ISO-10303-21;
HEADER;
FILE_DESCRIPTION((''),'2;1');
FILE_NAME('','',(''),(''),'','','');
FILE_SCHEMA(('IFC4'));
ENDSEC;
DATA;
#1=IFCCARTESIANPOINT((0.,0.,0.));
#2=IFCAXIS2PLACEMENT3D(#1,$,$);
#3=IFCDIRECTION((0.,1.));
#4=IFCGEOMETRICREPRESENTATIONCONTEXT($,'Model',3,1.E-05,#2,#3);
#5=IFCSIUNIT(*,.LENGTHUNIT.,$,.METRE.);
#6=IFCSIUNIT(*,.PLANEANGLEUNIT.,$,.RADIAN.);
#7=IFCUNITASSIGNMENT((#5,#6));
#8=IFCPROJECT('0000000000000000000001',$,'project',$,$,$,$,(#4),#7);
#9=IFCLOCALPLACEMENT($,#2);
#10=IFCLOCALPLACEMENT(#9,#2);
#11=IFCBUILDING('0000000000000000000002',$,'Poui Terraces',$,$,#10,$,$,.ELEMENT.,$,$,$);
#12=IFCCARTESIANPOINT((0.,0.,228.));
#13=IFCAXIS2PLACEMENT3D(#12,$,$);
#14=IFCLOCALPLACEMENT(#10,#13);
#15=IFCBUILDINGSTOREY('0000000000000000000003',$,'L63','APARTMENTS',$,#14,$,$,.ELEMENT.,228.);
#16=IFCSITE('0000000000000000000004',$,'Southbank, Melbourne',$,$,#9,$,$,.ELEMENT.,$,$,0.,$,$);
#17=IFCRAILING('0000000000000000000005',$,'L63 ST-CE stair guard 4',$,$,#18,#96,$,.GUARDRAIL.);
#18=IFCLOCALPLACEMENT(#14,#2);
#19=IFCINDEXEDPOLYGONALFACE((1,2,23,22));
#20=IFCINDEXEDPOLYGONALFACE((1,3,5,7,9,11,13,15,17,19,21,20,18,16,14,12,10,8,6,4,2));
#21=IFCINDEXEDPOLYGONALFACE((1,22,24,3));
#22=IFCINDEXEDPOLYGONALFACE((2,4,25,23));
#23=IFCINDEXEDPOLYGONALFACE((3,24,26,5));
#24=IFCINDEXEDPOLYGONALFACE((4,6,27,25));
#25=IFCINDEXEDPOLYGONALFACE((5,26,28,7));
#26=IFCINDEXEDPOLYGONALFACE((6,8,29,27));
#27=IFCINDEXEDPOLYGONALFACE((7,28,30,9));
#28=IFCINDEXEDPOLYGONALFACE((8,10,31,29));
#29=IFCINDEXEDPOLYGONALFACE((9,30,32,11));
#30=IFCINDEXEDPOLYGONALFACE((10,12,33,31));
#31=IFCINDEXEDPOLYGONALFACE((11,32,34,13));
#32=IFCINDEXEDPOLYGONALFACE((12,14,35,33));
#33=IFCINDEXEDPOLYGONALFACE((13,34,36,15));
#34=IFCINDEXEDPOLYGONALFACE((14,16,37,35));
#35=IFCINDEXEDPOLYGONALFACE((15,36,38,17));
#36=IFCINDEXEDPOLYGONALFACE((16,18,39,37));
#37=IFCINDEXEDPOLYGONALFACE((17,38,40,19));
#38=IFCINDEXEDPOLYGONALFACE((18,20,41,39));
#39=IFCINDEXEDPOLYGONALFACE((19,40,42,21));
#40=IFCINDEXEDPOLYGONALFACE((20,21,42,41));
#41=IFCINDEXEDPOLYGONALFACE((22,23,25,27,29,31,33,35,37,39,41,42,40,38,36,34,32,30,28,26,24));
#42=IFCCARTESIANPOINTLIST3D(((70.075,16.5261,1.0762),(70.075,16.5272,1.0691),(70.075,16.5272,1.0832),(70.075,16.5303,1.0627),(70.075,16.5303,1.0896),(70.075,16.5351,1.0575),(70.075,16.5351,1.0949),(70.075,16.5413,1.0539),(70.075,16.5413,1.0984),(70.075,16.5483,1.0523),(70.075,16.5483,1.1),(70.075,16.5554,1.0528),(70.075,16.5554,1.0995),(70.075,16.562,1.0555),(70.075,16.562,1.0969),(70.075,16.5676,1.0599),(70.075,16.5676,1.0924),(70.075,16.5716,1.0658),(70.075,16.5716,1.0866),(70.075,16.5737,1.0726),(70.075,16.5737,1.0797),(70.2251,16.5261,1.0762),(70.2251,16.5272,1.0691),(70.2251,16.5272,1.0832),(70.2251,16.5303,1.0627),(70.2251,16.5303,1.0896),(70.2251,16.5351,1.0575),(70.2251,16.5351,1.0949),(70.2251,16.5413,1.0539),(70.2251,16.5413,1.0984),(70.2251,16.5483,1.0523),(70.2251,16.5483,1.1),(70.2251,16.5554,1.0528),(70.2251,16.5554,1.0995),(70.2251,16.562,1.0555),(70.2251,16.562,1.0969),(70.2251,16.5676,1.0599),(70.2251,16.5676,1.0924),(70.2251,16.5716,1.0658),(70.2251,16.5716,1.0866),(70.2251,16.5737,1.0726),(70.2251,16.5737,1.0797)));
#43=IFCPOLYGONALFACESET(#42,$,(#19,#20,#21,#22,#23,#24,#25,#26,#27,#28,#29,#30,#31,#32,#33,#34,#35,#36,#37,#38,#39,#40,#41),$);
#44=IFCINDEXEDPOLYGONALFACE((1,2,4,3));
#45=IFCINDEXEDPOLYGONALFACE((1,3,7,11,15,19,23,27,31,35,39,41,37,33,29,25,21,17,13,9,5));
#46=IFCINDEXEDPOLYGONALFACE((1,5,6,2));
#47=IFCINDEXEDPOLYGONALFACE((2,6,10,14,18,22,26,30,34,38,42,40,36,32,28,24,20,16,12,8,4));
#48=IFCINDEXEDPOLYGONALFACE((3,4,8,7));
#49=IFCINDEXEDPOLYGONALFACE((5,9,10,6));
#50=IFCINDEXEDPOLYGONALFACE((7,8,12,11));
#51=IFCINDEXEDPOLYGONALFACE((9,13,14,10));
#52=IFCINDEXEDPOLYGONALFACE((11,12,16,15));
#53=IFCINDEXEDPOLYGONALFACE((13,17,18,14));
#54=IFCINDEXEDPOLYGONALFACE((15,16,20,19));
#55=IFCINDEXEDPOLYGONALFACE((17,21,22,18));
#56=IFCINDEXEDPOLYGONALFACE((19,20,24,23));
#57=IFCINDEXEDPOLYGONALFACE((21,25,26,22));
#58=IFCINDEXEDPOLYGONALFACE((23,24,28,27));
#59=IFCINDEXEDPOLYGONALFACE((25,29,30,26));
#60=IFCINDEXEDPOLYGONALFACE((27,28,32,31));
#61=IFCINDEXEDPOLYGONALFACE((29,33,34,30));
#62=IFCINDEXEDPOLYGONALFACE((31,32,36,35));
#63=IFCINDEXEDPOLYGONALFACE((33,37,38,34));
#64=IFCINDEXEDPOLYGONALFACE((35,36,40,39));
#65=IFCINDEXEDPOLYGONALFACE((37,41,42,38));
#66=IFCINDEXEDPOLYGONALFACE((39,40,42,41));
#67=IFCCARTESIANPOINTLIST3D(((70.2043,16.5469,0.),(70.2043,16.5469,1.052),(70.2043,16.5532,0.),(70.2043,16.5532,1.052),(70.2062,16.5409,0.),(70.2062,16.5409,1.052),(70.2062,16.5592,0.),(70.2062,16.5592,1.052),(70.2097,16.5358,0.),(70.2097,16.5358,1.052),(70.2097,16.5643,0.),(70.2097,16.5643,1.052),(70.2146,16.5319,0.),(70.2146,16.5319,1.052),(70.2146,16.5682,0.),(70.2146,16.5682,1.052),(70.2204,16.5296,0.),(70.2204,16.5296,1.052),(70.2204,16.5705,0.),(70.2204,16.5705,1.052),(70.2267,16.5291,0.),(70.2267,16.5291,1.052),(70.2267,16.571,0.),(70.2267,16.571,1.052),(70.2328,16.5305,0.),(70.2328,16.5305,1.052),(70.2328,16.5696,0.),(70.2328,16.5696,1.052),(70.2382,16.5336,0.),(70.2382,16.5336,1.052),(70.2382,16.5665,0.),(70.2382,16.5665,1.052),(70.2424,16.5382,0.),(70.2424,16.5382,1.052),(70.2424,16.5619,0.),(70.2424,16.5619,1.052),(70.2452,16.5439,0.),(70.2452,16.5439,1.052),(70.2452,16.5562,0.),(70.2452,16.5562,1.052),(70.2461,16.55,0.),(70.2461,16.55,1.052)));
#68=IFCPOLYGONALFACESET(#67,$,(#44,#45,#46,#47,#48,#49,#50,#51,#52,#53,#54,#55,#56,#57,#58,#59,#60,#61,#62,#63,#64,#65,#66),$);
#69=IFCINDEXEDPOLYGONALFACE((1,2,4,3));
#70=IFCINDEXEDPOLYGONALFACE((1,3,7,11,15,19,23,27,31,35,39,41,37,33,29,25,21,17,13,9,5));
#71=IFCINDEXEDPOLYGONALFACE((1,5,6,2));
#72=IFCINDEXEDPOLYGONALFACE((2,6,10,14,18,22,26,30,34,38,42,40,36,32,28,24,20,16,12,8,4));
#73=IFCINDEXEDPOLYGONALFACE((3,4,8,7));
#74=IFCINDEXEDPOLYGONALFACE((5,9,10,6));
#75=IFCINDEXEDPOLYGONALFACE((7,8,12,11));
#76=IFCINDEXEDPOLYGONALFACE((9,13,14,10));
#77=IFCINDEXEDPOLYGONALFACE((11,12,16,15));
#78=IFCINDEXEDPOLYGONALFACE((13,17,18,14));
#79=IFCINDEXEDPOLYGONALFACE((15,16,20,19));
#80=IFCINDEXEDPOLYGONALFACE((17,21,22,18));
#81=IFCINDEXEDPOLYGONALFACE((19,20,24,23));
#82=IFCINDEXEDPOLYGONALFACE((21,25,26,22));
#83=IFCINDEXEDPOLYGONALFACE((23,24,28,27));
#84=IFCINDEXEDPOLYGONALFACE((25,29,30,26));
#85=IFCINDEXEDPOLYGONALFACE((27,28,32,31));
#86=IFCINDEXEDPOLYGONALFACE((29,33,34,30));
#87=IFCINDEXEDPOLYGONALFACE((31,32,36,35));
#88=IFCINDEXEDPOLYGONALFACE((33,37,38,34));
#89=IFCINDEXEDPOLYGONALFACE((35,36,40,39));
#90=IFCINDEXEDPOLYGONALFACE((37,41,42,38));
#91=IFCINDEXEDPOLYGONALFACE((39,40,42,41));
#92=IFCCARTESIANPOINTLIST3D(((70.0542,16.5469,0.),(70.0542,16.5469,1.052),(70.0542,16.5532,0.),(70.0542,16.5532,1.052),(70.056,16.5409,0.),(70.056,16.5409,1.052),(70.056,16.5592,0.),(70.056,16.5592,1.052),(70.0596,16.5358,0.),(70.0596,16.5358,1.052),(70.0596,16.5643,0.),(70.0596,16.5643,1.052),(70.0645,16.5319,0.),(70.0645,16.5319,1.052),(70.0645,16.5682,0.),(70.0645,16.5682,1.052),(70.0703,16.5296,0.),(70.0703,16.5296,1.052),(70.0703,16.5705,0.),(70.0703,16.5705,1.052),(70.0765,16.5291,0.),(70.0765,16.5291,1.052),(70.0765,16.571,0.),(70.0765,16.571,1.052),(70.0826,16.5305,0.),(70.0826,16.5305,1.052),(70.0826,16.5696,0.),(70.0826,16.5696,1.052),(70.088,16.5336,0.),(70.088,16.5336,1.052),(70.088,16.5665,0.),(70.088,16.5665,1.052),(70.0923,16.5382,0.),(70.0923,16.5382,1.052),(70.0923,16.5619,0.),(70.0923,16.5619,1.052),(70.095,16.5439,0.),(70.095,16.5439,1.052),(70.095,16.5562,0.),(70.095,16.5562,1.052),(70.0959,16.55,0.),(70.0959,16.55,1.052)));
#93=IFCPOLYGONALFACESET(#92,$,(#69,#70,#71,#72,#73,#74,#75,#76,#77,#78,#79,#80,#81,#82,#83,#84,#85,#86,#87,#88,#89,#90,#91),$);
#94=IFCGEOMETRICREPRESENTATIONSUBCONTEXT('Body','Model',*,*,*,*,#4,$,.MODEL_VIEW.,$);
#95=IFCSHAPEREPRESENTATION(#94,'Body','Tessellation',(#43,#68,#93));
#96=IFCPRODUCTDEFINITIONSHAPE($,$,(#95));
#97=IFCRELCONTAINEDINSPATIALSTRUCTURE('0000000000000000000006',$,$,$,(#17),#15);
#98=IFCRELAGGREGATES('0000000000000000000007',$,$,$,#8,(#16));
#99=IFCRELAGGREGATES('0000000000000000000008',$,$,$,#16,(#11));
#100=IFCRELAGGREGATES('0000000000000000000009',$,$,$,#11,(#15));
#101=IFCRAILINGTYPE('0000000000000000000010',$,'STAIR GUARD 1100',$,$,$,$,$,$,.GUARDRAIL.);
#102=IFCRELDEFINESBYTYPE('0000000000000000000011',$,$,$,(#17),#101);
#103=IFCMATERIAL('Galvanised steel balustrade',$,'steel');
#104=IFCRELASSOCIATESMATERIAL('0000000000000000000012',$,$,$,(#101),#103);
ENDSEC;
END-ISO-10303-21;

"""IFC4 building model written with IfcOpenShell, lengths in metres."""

from ifc_helpers import new_model, si_unit, direction, frame, origin, origin_2d, place, context, subcontext, project, spatial, circle, extrude, material, type_object, element, save


model = new_model("IFC4")

# Units and contexts
model_context = context("Model", 3, precision=1e-05, world=origin(), true_north=direction((0.0, 1.0)))
body_context = subcontext(model_context, "Body", "Model", "MODEL_VIEW")
ifc_project = project(units=[si_unit("LENGTHUNIT", "METRE"), si_unit("PLANEANGLEUNIT", "RADIAN")], contexts=[model_context])

# Site, building, storey
site_placement = place(None, origin())
site = spatial("IfcSite", under=ifc_project, at=site_placement, Name="Southbank, Melbourne", CompositionType="ELEMENT", RefElevation=0.0)
building_placement = place(site_placement, origin())
building = spatial("IfcBuilding", under=site, at=building_placement, Name="Poui Terraces", CompositionType="ELEMENT")
storey_placement = place(building_placement, frame((0.0, 0.0, 228.0)))
storey = spatial("IfcBuildingStorey", under=building, at=storey_placement, Name="L63", Description="APARTMENTS", CompositionType="ELEMENT", Elevation=228.0)

# Railing
ifc_material_1 = material(Name="Galvanised steel balustrade", Category="steel")
railing_type_1 = type_object("IfcRailingType", Name="STAIR GUARD 1100", PredefinedType="GUARDRAIL", material=ifc_material_1)
railing_1_placement = place(storey_placement, frame((70.2251, 16.55, 0.0)))
element("IfcRailing", 1, at=railing_1_placement, inside=storey, type_object=railing_type_1, Name="L63 ST-CE stair guard 4", PredefinedType="GUARDRAIL", context=body_context, shape_type="SweptSolid", body=[
    extrude(circle(Radius=0.0239, at=origin_2d()), frame((0.0, 0.0, 1.0762), z_axis=(-1.0, 0.0, 0.0), x_axis=(0.0, -1.0, 0.0)), (0.0, 0.0, 1.0), 0.1501),
    extrude(circle(Radius=0.021, at=origin_2d()), origin(), (0.0, 0.0, 1.0), 1.052),
    extrude(circle(Radius=0.021, at=origin_2d()), frame((-0.1501, 0.0, 0.0)), (0.0, 0.0, 1.0), 1.052),
])

save(model, "model.ifc")
